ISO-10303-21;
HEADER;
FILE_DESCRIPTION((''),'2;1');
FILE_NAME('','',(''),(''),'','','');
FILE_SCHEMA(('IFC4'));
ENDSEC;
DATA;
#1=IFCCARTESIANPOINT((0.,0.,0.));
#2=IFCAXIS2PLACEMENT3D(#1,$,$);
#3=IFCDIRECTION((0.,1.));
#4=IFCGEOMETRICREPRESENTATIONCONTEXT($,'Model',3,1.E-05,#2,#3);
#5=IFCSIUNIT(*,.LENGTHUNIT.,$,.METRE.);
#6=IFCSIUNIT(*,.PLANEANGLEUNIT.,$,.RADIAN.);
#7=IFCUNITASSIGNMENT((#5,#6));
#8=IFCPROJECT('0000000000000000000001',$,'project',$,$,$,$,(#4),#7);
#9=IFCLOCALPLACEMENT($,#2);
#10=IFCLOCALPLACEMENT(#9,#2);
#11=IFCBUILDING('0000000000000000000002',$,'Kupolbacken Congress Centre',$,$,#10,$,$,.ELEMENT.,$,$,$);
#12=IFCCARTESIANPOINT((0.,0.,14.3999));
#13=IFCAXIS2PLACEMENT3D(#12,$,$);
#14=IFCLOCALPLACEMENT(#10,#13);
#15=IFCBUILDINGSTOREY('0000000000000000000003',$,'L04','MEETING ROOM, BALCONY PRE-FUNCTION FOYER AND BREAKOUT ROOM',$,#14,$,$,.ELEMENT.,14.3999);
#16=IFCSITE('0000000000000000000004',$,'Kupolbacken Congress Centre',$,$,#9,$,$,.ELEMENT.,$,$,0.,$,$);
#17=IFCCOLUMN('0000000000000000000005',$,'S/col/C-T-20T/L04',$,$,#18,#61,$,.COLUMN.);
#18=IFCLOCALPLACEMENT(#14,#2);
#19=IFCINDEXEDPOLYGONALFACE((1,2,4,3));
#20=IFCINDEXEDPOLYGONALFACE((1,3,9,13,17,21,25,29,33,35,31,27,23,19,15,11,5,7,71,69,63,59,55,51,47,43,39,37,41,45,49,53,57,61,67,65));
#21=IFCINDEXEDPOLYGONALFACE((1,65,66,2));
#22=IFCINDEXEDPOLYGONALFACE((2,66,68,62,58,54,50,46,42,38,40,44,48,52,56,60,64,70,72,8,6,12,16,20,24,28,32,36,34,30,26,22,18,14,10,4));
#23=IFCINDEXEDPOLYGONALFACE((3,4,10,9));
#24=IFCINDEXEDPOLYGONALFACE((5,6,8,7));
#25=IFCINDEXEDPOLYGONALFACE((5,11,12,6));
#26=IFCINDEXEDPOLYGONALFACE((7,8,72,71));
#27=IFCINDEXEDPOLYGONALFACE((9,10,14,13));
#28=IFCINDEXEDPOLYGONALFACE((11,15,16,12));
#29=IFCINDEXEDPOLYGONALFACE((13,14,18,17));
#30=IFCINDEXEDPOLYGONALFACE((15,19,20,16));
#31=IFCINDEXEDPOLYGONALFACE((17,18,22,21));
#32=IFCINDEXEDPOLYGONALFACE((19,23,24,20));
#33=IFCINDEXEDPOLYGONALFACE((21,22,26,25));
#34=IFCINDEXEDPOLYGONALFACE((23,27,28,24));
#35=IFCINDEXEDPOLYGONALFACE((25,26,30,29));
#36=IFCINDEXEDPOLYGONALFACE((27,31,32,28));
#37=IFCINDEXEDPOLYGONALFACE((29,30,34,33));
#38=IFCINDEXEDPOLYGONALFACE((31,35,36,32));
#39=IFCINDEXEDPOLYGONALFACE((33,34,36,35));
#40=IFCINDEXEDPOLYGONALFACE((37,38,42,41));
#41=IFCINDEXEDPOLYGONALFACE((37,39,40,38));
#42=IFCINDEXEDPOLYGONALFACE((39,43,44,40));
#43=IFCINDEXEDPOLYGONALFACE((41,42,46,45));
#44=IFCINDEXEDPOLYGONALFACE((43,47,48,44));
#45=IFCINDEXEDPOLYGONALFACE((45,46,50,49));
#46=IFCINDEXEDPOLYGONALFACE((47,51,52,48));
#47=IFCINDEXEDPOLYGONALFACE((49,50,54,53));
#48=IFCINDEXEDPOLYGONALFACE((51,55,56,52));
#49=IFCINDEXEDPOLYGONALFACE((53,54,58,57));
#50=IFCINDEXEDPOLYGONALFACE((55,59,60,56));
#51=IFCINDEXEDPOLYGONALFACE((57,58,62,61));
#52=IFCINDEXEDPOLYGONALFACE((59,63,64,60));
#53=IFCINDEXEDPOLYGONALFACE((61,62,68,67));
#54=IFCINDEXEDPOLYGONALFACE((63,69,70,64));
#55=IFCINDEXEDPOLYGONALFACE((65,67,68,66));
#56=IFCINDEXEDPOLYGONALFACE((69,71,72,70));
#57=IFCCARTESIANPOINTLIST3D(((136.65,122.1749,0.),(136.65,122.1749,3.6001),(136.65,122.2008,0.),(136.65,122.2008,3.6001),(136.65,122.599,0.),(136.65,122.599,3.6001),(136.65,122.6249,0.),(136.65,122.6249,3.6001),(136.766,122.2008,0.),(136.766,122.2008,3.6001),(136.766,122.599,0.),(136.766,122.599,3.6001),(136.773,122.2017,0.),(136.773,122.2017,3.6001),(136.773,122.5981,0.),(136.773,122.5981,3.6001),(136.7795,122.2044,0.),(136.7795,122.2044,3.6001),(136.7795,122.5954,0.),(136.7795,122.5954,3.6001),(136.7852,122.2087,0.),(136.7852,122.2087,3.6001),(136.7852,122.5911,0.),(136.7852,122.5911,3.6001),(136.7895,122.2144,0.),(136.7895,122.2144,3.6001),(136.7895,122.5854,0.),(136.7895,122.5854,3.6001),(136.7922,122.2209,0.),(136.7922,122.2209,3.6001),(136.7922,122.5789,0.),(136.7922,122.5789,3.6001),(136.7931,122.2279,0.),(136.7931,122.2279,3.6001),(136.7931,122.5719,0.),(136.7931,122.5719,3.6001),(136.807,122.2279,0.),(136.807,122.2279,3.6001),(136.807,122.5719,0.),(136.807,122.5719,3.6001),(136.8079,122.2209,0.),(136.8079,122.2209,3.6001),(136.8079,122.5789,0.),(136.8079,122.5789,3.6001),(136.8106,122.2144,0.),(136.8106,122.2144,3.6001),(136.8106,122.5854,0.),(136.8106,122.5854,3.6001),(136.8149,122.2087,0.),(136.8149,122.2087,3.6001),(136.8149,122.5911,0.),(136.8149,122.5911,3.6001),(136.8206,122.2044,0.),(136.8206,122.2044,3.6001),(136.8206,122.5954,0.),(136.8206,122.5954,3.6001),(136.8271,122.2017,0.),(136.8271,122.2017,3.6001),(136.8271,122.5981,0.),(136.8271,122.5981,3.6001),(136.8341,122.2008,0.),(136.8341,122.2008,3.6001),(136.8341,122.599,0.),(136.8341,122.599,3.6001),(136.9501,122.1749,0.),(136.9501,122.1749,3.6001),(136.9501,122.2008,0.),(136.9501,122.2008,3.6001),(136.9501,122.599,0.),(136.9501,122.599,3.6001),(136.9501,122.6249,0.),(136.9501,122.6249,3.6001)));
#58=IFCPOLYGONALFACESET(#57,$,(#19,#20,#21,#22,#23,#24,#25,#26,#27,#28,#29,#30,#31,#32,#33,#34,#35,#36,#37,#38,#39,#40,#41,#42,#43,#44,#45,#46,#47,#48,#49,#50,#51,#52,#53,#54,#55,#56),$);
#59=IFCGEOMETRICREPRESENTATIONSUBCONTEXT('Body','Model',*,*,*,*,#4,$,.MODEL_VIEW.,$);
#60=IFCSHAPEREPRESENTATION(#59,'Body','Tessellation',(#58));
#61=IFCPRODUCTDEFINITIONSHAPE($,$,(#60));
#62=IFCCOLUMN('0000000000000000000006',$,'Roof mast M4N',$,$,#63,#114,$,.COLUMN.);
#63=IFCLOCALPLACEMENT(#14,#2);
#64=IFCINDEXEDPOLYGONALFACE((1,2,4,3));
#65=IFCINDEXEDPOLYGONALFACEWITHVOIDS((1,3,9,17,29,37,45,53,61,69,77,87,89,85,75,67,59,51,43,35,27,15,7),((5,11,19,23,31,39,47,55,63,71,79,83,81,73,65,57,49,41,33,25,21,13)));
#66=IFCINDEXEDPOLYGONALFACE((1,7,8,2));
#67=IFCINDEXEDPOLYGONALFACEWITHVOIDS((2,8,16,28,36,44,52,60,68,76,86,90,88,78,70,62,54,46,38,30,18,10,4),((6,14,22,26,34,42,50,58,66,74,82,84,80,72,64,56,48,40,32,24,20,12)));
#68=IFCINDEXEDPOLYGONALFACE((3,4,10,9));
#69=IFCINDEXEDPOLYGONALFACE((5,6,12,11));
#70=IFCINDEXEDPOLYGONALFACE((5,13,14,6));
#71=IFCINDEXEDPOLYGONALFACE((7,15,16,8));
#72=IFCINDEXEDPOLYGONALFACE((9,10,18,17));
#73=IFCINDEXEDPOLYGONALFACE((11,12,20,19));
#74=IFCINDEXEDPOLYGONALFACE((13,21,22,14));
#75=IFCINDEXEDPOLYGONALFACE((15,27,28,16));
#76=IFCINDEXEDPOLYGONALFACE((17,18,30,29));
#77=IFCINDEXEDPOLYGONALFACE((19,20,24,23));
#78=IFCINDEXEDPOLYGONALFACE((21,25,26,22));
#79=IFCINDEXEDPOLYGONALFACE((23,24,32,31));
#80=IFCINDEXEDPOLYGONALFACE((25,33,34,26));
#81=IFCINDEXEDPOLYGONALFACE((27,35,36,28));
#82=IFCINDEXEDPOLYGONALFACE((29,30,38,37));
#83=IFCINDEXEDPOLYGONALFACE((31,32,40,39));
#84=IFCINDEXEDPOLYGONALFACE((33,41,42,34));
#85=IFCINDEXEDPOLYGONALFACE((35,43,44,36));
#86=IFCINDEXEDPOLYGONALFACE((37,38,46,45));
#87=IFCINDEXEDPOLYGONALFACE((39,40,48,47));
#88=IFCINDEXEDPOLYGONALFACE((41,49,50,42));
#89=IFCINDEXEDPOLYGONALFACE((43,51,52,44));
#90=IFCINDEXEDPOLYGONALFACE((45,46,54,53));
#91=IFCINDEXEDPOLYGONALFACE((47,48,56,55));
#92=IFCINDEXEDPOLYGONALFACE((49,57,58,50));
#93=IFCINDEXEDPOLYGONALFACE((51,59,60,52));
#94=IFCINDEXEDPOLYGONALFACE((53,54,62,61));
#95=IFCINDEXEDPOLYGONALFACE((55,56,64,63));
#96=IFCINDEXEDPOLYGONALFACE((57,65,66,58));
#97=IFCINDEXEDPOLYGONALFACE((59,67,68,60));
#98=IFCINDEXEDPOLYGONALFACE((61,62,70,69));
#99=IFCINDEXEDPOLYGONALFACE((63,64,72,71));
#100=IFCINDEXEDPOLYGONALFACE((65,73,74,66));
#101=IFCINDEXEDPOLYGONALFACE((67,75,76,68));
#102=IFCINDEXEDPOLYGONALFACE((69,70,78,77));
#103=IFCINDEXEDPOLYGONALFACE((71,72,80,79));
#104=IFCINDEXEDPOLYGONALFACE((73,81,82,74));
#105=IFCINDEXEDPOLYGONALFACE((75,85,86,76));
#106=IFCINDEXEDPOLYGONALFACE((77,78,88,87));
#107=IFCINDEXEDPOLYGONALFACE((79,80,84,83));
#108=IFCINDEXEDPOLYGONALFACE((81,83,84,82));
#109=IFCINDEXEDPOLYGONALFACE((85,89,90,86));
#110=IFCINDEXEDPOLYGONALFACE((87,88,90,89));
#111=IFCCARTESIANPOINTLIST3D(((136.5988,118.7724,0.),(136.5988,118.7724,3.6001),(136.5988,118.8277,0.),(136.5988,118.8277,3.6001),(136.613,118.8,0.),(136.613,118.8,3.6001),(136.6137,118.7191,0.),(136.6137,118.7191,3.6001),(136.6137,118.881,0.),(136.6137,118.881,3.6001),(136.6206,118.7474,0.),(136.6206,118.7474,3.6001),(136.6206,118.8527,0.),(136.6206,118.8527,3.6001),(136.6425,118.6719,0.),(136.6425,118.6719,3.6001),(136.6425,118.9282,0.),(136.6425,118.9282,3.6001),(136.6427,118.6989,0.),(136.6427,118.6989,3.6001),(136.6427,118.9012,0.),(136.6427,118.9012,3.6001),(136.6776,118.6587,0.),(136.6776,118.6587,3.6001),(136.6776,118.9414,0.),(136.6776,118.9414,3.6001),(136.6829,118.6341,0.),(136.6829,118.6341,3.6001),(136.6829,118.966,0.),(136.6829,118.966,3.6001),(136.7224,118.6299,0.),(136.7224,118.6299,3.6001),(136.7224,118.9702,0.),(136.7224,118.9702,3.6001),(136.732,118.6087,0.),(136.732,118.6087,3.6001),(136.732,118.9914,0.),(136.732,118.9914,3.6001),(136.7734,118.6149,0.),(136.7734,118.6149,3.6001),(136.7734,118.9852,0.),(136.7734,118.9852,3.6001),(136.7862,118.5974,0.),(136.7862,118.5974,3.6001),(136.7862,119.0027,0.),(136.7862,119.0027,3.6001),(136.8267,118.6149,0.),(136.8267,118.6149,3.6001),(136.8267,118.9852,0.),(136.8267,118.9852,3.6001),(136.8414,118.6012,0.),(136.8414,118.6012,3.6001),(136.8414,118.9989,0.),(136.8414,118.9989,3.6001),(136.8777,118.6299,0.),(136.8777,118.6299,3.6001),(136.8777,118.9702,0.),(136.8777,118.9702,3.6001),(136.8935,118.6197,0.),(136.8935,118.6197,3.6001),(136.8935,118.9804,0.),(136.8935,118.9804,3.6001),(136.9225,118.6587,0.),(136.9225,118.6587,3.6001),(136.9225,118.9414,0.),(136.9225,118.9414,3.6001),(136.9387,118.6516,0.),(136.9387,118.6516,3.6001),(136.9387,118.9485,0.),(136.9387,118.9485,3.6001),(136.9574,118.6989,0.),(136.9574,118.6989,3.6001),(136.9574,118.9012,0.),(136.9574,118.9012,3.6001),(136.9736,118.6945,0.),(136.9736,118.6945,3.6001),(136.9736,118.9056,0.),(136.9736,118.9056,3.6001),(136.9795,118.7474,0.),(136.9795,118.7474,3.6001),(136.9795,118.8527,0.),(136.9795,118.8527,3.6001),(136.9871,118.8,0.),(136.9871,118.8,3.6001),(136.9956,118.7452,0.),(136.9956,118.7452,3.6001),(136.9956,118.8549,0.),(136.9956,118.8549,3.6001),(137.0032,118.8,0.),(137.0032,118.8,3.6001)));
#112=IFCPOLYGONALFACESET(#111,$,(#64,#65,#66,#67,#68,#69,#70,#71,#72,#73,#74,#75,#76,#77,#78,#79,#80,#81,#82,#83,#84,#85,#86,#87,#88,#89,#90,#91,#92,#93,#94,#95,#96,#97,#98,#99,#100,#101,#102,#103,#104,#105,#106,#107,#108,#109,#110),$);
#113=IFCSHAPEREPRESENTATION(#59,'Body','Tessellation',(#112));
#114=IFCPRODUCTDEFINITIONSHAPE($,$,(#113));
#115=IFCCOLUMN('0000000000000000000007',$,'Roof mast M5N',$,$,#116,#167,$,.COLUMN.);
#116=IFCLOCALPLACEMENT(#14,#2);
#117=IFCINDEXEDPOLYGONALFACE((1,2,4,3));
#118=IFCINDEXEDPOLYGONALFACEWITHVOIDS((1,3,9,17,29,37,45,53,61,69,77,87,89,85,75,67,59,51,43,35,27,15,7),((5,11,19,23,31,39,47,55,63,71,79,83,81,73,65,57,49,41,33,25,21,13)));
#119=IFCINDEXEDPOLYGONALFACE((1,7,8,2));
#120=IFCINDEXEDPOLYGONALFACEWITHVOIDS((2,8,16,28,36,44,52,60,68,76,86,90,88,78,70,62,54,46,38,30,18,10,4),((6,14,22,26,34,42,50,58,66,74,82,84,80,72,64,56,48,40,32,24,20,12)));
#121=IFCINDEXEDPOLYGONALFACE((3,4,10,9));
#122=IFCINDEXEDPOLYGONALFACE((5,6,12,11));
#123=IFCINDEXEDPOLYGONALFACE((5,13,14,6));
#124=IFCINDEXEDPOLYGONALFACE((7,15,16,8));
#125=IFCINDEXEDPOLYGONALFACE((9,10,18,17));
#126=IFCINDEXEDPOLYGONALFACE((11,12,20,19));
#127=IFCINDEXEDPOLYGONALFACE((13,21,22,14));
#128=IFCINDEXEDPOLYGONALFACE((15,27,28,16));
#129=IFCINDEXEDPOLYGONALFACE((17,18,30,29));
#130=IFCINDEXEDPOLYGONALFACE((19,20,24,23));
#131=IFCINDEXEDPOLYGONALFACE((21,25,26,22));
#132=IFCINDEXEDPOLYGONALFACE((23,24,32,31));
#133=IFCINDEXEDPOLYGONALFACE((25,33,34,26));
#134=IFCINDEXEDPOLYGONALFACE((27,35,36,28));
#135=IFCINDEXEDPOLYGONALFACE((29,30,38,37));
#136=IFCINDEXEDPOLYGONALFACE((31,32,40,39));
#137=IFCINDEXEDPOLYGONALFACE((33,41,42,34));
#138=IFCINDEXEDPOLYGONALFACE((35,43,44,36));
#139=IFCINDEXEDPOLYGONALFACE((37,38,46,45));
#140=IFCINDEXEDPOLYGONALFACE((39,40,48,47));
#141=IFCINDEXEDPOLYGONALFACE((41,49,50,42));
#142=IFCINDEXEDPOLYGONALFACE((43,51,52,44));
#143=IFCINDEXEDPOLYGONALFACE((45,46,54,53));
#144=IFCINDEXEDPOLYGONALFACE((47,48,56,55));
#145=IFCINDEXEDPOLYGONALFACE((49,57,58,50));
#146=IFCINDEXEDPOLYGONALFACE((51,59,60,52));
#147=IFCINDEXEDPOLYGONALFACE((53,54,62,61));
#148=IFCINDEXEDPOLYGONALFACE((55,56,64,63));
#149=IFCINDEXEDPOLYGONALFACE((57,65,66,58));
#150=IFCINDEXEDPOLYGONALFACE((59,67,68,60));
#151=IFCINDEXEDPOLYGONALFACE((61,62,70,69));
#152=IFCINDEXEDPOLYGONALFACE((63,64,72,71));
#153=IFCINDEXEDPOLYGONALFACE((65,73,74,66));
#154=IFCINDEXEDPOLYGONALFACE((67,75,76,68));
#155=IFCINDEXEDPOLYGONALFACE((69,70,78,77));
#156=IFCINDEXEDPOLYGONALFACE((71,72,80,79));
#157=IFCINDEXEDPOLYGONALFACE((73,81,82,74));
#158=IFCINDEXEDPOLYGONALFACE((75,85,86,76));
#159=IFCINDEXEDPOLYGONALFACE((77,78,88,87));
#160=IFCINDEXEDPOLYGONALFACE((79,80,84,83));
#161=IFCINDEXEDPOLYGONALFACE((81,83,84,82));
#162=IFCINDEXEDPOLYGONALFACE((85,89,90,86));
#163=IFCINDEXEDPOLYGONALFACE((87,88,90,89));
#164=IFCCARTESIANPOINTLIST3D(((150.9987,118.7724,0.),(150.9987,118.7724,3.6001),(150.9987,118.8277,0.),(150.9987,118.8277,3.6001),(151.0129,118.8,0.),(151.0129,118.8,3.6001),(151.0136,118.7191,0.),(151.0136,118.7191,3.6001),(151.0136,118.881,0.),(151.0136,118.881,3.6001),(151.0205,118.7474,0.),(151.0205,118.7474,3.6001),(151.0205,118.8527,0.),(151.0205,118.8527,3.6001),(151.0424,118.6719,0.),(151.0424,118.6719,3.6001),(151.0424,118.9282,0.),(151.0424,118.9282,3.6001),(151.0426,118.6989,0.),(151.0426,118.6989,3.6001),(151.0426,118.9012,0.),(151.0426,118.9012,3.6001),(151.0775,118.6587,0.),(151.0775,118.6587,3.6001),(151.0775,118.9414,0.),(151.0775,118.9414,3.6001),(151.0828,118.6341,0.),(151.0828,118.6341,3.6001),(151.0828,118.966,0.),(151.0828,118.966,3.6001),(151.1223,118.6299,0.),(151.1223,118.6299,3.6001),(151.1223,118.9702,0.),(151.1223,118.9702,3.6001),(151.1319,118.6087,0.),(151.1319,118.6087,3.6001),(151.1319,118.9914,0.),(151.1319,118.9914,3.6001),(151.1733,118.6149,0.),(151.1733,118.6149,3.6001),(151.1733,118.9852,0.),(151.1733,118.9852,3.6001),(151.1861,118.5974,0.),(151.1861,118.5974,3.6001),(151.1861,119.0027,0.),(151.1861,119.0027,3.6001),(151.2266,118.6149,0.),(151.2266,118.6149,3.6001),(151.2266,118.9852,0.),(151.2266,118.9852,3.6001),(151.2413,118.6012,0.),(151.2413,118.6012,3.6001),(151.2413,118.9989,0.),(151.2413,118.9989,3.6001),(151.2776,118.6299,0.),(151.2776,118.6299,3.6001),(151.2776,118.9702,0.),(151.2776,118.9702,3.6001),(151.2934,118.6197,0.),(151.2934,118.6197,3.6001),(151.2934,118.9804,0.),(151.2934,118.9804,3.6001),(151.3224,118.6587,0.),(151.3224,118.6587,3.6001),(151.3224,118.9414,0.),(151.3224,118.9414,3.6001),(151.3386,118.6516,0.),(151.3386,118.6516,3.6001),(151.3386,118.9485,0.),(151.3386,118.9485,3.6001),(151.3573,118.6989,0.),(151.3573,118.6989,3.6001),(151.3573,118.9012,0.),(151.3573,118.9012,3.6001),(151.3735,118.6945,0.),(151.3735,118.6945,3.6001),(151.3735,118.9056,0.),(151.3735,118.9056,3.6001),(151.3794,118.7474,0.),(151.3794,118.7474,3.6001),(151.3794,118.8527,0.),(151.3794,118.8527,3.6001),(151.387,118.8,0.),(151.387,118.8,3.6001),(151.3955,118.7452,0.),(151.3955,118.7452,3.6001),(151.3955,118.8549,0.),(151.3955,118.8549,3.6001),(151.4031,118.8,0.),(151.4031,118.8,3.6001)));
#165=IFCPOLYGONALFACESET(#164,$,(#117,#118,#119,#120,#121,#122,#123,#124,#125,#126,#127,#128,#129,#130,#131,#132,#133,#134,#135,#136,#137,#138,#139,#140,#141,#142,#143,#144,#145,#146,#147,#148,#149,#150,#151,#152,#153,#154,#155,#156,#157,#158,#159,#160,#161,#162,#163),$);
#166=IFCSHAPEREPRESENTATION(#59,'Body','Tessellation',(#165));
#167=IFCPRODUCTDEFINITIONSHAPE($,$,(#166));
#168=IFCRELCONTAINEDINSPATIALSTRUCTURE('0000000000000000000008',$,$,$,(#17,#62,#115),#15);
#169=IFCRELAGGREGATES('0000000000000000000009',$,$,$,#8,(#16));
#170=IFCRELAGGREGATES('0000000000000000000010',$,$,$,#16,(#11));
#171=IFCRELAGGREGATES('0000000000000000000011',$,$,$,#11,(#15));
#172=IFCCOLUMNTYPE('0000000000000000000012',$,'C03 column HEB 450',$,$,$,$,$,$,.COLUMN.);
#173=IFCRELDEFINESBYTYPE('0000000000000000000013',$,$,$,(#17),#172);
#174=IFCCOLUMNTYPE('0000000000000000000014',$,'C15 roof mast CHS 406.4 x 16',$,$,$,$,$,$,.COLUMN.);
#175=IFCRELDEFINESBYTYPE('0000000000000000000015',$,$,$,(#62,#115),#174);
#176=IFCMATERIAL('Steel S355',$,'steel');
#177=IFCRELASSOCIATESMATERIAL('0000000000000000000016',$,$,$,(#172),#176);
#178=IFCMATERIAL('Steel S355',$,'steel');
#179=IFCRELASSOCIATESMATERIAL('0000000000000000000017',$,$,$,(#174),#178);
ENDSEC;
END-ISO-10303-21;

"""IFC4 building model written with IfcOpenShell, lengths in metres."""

from ifc_helpers import new_model, si_unit, direction, frame, origin, origin_2d, place, context, subcontext, project, spatial, hollow_circle, i_section, extrude, material, material_profile, profile_set, type_object, element, save


model = new_model("IFC4")

# Units and contexts
model_context = context("Model", 3, precision=1e-05, world=origin(), true_north=direction((0.0, 1.0)))
body_context = subcontext(model_context, "Body", "Model", "MODEL_VIEW")
ifc_project = project(units=[si_unit("LENGTHUNIT", "METRE"), si_unit("PLANEANGLEUNIT", "RADIAN")], contexts=[model_context])

# Site, building, storey
site_placement = place(None, origin())
site = spatial("IfcSite", under=ifc_project, at=site_placement, Name="Kupolbacken Congress Centre", CompositionType="ELEMENT", RefElevation=0.0)
building_placement = place(site_placement, origin())
building = spatial("IfcBuilding", under=site, at=building_placement, Name="Kupolbacken Congress Centre", CompositionType="ELEMENT")
storey_placement = place(building_placement, frame((0.0, 0.0, 14.3999)))
storey = spatial("IfcBuildingStorey", under=building, at=storey_placement, Name="L04", Description="MEETING ROOM, BALCONY PRE-FUNCTION FOYER AND BREAKOUT ROOM", CompositionType="ELEMENT", Elevation=14.3999)

# Columns
ifc_material_1 = material(Name="Steel S355", Category="steel")
ifc_material_profile_1 = material_profile(ifc_material_1, i_section(OverallWidth=0.3, OverallDepth=0.45, WebThickness=0.0139, FlangeThickness=0.0259, FilletRadius=0.0271, at=origin_2d()), Name="HEB 450")
ifc_profile_set_1 = profile_set([ifc_material_profile_1], Name="Steel S355")
column_type_1 = type_object("IfcColumnType", Name="C03 column HEB 450", PredefinedType="COLUMN", material=ifc_profile_set_1)
column_placement = place(storey_placement, frame((136.8, 122.3999, 0.0), z_axis=(0.0, 0.0, 1.0), x_axis=(1.0, 0.0, 0.0)))
element("IfcColumn", 1, at=column_placement, inside=storey, type_object=column_type_1, Name="S/col/C-T-20T/L04", PredefinedType="COLUMN", context=body_context, shape_type="SweptSolid", body=[
    extrude(i_section(OverallWidth=0.3, OverallDepth=0.45, WebThickness=0.0139, FlangeThickness=0.0259, FilletRadius=0.0271, at=origin_2d()), origin(), (0.0, 0.0, 1.0), 3.6001),
])
ifc_material_2 = material(Name="Steel S355", Category="steel")
ifc_material_profile_2 = material_profile(ifc_material_2, hollow_circle(Radius=0.2031, WallThickness=0.0161, at=origin_2d()), Name="CHS 406.4 x 16")
ifc_profile_set_2 = profile_set([ifc_material_profile_2], Name="Steel S355")
column_type_2 = type_object("IfcColumnType", Name="C15 roof mast CHS 406.4 x 16", PredefinedType="COLUMN", material=ifc_profile_set_2)
for number, where, z_axis, x_axis, name in (
    (2, (136.8, 118.8, 0.0), (0.0, 0.0, 1.0), (1.0, 0.0, 0.0), "Roof mast M4N"),
    (3, (151.2, 118.8, 0.0), (0.0, 0.0, 1.0), (1.0, 0.0, 0.0), "Roof mast M5N"),
):
    element("IfcColumn", number, at=place(storey_placement, frame(where, z_axis=z_axis, x_axis=x_axis)), inside=storey, type_object=column_type_2, Name=name, PredefinedType="COLUMN", context=body_context, shape_type="SweptSolid", body=[
        extrude(hollow_circle(Radius=0.2031, WallThickness=0.0161, at=origin_2d()), origin(), (0.0, 0.0, 1.0), 3.6001),
    ])

save(model, "model.ifc")
